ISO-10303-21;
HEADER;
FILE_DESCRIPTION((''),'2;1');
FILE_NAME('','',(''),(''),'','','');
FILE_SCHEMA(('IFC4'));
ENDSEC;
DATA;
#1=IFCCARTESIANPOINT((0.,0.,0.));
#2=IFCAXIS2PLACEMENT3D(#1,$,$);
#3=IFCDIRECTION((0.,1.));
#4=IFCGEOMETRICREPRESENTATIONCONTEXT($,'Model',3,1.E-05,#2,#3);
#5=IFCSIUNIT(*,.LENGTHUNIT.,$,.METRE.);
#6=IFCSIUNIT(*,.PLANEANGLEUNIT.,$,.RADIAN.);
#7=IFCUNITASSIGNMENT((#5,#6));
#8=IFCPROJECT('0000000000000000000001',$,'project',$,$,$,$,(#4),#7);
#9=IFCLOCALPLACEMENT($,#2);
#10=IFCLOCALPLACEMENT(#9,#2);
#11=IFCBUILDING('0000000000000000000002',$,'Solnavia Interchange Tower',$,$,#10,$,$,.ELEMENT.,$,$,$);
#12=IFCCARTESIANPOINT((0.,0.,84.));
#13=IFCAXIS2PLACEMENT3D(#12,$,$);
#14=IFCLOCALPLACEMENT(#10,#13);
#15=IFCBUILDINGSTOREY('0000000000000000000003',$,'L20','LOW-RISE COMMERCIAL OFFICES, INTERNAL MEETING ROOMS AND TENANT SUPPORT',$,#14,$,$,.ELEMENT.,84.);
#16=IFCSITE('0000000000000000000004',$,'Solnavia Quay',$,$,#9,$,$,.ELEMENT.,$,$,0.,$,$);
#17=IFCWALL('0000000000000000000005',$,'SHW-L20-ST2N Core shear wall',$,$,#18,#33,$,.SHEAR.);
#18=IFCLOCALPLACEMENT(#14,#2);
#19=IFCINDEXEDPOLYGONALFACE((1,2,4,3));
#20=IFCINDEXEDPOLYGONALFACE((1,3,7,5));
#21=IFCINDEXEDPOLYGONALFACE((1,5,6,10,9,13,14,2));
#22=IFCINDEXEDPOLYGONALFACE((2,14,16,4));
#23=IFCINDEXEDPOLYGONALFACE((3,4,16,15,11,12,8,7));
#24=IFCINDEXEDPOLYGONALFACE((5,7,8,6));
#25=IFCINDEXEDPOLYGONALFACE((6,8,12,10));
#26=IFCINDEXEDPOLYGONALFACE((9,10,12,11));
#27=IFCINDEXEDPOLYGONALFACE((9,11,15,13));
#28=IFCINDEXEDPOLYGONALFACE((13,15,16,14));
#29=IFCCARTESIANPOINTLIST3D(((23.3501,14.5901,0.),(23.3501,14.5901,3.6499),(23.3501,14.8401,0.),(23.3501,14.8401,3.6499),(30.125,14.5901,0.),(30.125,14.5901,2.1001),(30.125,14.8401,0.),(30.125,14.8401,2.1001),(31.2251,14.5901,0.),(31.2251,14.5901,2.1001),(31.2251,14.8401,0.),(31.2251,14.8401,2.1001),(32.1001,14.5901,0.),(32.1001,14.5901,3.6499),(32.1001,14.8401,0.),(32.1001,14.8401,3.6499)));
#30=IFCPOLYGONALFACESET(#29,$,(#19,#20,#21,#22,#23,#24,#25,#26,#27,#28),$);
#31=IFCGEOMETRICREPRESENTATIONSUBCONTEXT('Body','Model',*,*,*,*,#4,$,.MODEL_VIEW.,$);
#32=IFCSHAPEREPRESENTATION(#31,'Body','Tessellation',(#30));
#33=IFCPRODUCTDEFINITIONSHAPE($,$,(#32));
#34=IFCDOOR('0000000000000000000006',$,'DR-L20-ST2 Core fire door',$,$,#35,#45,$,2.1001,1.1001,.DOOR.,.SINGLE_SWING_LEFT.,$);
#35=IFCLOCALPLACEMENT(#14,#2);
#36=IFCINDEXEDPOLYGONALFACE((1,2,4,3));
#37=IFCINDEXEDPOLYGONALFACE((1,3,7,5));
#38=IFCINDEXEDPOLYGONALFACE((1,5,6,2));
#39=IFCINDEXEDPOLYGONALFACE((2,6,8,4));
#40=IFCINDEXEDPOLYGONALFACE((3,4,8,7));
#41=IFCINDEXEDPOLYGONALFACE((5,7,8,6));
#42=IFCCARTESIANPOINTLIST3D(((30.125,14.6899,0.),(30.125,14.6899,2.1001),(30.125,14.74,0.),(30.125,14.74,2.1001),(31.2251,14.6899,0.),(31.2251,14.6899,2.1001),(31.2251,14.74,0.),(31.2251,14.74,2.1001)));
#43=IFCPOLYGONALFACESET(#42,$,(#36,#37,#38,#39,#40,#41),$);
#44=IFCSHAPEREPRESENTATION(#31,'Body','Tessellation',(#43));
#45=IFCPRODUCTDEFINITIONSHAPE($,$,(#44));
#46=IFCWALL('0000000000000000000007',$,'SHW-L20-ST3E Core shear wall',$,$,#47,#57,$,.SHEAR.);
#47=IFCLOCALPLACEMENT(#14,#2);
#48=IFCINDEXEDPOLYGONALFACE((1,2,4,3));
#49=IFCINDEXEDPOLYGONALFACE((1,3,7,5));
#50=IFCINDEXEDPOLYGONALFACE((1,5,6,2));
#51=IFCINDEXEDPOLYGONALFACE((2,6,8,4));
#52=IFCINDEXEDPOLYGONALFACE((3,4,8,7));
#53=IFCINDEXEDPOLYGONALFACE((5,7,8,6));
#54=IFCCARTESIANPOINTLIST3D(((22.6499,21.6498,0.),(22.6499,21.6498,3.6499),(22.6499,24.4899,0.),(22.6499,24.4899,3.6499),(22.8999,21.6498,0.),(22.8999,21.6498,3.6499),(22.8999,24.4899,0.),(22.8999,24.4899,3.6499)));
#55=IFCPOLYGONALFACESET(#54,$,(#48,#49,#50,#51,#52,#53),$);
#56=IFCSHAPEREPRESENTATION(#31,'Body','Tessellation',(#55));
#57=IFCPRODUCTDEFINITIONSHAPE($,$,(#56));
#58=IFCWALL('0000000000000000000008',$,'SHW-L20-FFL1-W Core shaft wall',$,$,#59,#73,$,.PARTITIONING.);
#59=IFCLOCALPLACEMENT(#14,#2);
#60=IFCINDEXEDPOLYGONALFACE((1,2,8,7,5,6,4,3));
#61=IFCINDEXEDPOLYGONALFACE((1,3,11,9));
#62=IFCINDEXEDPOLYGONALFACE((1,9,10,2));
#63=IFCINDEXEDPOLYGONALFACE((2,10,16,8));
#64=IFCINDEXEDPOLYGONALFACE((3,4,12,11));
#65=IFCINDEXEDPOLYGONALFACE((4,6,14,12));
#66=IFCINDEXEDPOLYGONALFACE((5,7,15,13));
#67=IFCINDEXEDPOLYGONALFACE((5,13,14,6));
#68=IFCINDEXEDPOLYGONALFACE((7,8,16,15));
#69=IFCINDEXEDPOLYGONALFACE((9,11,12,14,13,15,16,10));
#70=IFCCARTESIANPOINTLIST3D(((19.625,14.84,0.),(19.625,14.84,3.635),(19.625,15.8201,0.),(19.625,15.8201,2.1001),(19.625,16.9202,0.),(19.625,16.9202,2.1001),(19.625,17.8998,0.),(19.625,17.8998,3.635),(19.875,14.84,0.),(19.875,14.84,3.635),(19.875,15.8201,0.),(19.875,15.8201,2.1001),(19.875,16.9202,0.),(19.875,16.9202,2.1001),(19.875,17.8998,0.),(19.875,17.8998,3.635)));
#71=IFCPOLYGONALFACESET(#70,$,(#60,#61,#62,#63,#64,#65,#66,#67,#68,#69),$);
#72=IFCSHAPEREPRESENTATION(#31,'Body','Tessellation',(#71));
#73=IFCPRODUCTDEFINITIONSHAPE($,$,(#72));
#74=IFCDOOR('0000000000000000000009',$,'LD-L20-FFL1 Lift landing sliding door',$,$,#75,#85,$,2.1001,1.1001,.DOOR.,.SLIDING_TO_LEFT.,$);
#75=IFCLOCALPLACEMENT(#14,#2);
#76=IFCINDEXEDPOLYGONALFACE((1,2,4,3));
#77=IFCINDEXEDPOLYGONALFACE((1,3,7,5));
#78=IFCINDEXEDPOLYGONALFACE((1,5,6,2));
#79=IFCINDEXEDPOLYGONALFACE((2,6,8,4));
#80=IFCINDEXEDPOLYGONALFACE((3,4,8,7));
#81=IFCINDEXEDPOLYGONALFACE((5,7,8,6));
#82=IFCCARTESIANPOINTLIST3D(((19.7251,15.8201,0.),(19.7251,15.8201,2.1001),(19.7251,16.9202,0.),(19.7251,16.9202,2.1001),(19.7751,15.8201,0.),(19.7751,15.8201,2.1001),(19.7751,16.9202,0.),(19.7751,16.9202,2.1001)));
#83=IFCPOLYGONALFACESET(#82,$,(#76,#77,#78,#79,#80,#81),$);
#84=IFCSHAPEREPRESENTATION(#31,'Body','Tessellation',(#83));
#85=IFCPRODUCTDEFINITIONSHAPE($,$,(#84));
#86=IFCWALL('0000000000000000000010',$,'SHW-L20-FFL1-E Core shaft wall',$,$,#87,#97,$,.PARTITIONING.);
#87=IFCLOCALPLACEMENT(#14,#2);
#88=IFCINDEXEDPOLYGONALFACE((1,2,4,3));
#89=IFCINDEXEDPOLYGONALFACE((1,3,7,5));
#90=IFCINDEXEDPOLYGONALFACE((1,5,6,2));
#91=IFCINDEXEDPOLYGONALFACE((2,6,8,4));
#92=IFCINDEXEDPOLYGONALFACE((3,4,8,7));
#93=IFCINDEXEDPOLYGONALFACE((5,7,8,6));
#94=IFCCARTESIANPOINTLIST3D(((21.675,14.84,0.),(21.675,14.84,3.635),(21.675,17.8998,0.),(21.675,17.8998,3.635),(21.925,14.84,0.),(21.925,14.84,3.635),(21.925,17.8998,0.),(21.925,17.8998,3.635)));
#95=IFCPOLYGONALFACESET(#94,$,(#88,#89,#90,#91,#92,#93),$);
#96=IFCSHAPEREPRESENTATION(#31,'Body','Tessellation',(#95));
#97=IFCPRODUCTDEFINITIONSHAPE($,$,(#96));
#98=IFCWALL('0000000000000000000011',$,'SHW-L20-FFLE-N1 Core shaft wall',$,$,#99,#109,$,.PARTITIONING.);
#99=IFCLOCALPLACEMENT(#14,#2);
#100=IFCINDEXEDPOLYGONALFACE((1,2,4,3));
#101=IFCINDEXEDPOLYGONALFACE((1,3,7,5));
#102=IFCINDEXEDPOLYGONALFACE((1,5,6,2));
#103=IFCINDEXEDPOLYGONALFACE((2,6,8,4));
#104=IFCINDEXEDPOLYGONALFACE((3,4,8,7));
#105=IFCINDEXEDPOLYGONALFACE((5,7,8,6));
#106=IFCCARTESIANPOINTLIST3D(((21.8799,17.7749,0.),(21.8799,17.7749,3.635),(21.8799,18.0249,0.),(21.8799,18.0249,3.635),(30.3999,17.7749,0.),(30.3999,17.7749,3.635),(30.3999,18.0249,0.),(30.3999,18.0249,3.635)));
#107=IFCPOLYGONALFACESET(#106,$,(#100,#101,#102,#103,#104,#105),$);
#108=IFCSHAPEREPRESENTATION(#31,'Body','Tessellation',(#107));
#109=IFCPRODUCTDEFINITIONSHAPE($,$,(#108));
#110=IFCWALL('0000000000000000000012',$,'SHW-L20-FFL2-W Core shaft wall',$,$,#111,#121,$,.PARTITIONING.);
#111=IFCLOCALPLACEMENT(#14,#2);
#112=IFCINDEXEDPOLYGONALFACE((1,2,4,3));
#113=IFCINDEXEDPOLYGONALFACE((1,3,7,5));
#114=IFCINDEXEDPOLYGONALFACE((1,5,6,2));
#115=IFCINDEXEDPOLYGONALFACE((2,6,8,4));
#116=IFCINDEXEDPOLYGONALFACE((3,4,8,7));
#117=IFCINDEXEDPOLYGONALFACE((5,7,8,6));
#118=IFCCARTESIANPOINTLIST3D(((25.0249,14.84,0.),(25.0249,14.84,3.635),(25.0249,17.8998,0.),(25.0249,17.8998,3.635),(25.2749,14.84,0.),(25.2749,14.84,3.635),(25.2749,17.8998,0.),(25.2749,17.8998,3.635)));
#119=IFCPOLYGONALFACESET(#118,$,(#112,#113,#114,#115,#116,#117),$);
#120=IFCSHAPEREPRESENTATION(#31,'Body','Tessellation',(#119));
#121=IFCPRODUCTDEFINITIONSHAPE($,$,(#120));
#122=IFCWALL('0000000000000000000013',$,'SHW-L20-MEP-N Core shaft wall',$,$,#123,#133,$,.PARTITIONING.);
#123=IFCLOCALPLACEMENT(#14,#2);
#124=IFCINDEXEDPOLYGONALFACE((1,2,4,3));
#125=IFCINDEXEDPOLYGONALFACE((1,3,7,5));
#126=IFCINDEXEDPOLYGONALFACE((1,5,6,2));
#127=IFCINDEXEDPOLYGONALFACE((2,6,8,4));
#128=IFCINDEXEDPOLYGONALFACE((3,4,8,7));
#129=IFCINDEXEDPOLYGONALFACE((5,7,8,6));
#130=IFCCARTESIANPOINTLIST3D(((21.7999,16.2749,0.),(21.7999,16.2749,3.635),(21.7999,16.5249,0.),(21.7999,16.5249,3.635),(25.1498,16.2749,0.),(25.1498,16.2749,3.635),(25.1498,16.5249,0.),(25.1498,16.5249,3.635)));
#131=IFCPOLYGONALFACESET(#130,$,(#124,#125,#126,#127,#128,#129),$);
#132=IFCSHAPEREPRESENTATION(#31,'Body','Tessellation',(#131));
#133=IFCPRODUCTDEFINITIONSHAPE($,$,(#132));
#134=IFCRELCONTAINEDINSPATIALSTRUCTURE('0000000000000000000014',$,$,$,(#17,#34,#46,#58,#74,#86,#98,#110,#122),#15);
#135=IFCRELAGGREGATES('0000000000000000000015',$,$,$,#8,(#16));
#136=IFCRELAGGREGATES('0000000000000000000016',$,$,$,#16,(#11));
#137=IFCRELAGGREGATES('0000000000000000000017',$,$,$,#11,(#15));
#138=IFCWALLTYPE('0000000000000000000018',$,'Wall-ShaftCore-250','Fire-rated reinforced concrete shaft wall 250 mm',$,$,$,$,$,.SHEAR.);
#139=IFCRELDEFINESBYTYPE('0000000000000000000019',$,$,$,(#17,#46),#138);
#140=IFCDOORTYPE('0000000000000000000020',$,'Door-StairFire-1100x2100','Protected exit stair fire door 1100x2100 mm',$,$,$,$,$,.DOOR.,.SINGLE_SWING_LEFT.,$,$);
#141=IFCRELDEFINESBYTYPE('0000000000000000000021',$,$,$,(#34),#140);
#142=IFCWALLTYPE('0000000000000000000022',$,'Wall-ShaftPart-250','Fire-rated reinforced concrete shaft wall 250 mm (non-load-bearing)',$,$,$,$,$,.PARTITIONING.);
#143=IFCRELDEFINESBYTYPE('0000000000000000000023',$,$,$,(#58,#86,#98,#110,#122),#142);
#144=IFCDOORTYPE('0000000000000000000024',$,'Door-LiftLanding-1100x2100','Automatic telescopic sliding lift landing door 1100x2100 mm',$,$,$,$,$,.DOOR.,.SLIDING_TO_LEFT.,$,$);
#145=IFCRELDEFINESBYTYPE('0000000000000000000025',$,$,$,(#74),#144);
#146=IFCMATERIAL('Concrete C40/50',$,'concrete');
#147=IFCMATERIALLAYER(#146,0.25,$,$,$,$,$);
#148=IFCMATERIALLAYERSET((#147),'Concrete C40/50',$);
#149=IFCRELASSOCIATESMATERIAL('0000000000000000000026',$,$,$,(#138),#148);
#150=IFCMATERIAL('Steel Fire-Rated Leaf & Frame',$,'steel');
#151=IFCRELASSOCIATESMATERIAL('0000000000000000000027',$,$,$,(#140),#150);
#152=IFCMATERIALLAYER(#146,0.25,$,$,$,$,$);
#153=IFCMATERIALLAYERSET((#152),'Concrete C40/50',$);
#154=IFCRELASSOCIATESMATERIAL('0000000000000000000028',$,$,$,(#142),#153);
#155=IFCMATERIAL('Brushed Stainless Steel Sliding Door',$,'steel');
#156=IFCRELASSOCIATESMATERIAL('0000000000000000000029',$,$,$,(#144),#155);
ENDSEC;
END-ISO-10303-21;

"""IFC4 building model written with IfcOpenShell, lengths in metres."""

from ifc_helpers import new_model, si_unit, direction, frame, frame_2d, origin, place, context, subcontext, project, spatial, rectangle, extrude, material, layer, layer_set, type_object, element, fill, save


model = new_model("IFC4")

# Units and contexts
model_context = context("Model", 3, precision=1e-05, world=origin(), true_north=direction((0.0, 1.0)))
body_context = subcontext(model_context, "Body", "Model", "MODEL_VIEW")
ifc_project = project(units=[si_unit("LENGTHUNIT", "METRE"), si_unit("PLANEANGLEUNIT", "RADIAN")], contexts=[model_context])

# Site, building, storey
site_placement = place(None, origin())
site = spatial("IfcSite", under=ifc_project, at=site_placement, Name="Solnavia Quay", CompositionType="ELEMENT", RefElevation=0.0)
building_placement = place(site_placement, origin())
building = spatial("IfcBuilding", under=site, at=building_placement, Name="Solnavia Interchange Tower", CompositionType="ELEMENT")
storey_placement = place(building_placement, frame((0.0, 0.0, 84.0)))
storey = spatial("IfcBuildingStorey", under=building, at=storey_placement, Name="L20", Description="LOW-RISE COMMERCIAL OFFICES, INTERNAL MEETING ROOMS AND TENANT SUPPORT", CompositionType="ELEMENT", Elevation=84.0)

# Wall, opening, door
ifc_material_1 = material(Name="Concrete C40/50", Category="concrete")
ifc_layer_1 = layer(ifc_material_1, 0.25)
ifc_layer_set_1 = layer_set([ifc_layer_1], Name="Concrete C40/50")
wall_type_1 = type_object("IfcWallType", Name="Wall-ShaftCore-250", Description="Fire-rated reinforced concrete shaft wall 250 mm", PredefinedType="SHEAR", material=ifc_layer_set_1)
wall_1_placement = place(storey_placement, frame((23.3501, 14.7151, 0.0), z_axis=(0.0, 0.0, 1.0), x_axis=(1.0, 0.0, 0.0)))
wall_1 = element("IfcWall", 1, at=wall_1_placement, inside=storey, type_object=wall_type_1, Name="SHW-L20-ST2N Core shear wall", PredefinedType="SHEAR", context=body_context, shape_type="SweptSolid", body=[
    extrude(rectangle(XDim=8.75, YDim=0.25, at=frame_2d((4.375, 0.0))), origin(), (0.0, 0.0, 1.0), 3.6499),
])
opening_1_placement = place(wall_1_placement, frame((6.7749, 0.0, 0.0)))
opening_1 = element("IfcOpeningElement", 2, at=opening_1_placement, cuts=wall_1, PredefinedType="OPENING", context=body_context, shape_type="SweptSolid", body=[
    extrude(rectangle(XDim=1.1001, YDim=2.1001, at=frame_2d((0.55, 1.05))), frame((0.0, 0.135, 0.0), z_axis=(0.0, -1.0, 0.0), x_axis=(1.0, 0.0, 0.0)), (0.0, 0.0, 1.0), 0.27),
])
ifc_material_2 = material(Name="Steel Fire-Rated Leaf & Frame", Category="steel")
door_type_1 = type_object("IfcDoorType", Name="Door-StairFire-1100x2100", Description="Protected exit stair fire door 1100x2100 mm", OperationType="SINGLE_SWING_LEFT", PredefinedType="DOOR", material=ifc_material_2)
door_1_placement = place(opening_1_placement, origin())
door_1 = element("IfcDoor", 3, at=door_1_placement, inside=storey, type_object=door_type_1, Name="DR-L20-ST2 Core fire door", OperationType="SINGLE_SWING_LEFT", OverallHeight=2.1001, OverallWidth=1.1001, PredefinedType="DOOR", context=body_context, shape_type="SweptSolid", body=[
    extrude(rectangle(XDim=1.1001, YDim=2.1001, at=frame_2d((0.55, 1.05))), frame((0.0, 0.0249, 0.0), z_axis=(0.0, -1.0, 0.0), x_axis=(1.0, 0.0, 0.0)), (0.0, 0.0, 1.0), 0.05),
])
fill(opening_1, door_1)

# Wall
wall_2_placement = place(storey_placement, frame((22.7749, 21.6499, 0.0), z_axis=(0.0, 0.0, 1.0), x_axis=(0.0, 1.0, 0.0)))
element("IfcWall", 4, at=wall_2_placement, inside=storey, type_object=wall_type_1, Name="SHW-L20-ST3E Core shear wall", PredefinedType="SHEAR", context=body_context, shape_type="SweptSolid", body=[
    extrude(rectangle(XDim=2.8401, YDim=0.25, at=frame_2d((1.4199, 0.0))), origin(), (0.0, 0.0, 1.0), 3.6499),
])

# Wall, opening, door
ifc_layer_2 = layer(ifc_material_1, 0.25)
ifc_layer_set_2 = layer_set([ifc_layer_2], Name="Concrete C40/50")
wall_type_2 = type_object("IfcWallType", Name="Wall-ShaftPart-250", Description="Fire-rated reinforced concrete shaft wall 250 mm (non-load-bearing)", PredefinedType="PARTITIONING", material=ifc_layer_set_2)
wall_3_placement = place(storey_placement, frame((19.75, 14.8401, 0.0), z_axis=(0.0, 0.0, 1.0), x_axis=(0.0, 1.0, 0.0)))
wall_3 = element("IfcWall", 5, at=wall_3_placement, inside=storey, type_object=wall_type_2, Name="SHW-L20-FFL1-W Core shaft wall", PredefinedType="PARTITIONING", context=body_context, shape_type="SweptSolid", body=[
    extrude(rectangle(XDim=3.0598, YDim=0.25, at=frame_2d((1.5298, 0.0))), origin(), (0.0, 0.0, 1.0), 3.635),
])
opening_2_placement = place(wall_3_placement, frame((0.98, 0.0, 0.0)))
opening_2 = element("IfcOpeningElement", 6, at=opening_2_placement, cuts=wall_3, PredefinedType="OPENING", context=body_context, shape_type="SweptSolid", body=[
    extrude(rectangle(XDim=1.1001, YDim=2.1001, at=frame_2d((0.55, 1.05))), frame((0.0, 0.135, 0.0), z_axis=(0.0, -1.0, 0.0), x_axis=(1.0, 0.0, 0.0)), (0.0, 0.0, 1.0), 0.27),
])
ifc_material_3 = material(Name="Brushed Stainless Steel Sliding Door", Category="steel")
door_type_2 = type_object("IfcDoorType", Name="Door-LiftLanding-1100x2100", Description="Automatic telescopic sliding lift landing door 1100x2100 mm", OperationType="SLIDING_TO_LEFT", PredefinedType="DOOR", material=ifc_material_3)
door_2_placement = place(opening_2_placement, origin())
door_2 = element("IfcDoor", 7, at=door_2_placement, inside=storey, type_object=door_type_2, Name="LD-L20-FFL1 Lift landing sliding door", OperationType="SLIDING_TO_LEFT", OverallHeight=2.1001, OverallWidth=1.1001, PredefinedType="DOOR", context=body_context, shape_type="SweptSolid", body=[
    extrude(rectangle(XDim=1.1001, YDim=2.1001, at=frame_2d((0.55, 1.05))), frame((0.0, 0.0249, 0.0), z_axis=(0.0, -1.0, 0.0), x_axis=(1.0, 0.0, 0.0)), (0.0, 0.0, 1.0), 0.05),
])
fill(opening_2, door_2)

# Walls
wall_4_placement = place(storey_placement, frame((21.8, 14.8401, 0.0), z_axis=(0.0, 0.0, 1.0), x_axis=(0.0, 1.0, 0.0)))
element("IfcWall", 8, at=wall_4_placement, inside=storey, type_object=wall_type_2, Name="SHW-L20-FFL1-E Core shaft wall", PredefinedType="PARTITIONING", context=body_context, shape_type="SweptSolid", body=[
    extrude(rectangle(XDim=3.0598, YDim=0.25, at=frame_2d((1.5298, 0.0))), origin(), (0.0, 0.0, 1.0), 3.635),
])
wall_5_placement = place(storey_placement, frame((21.8799, 17.8999, 0.0), z_axis=(0.0, 0.0, 1.0), x_axis=(1.0, 0.0, 0.0)))
element("IfcWall", 9, at=wall_5_placement, inside=storey, type_object=wall_type_2, Name="SHW-L20-FFLE-N1 Core shaft wall", PredefinedType="PARTITIONING", context=body_context, shape_type="SweptSolid", body=[
    extrude(rectangle(XDim=8.52, YDim=0.25, at=frame_2d((4.26, 0.0))), origin(), (0.0, 0.0, 1.0), 3.635),
])
wall_6_placement = place(storey_placement, frame((25.1499, 14.8401, 0.0), z_axis=(0.0, 0.0, 1.0), x_axis=(0.0, 1.0, 0.0)))
element("IfcWall", 10, at=wall_6_placement, inside=storey, type_object=wall_type_2, Name="SHW-L20-FFL2-W Core shaft wall", PredefinedType="PARTITIONING", context=body_context, shape_type="SweptSolid", body=[
    extrude(rectangle(XDim=3.0598, YDim=0.25, at=frame_2d((1.5298, 0.0))), origin(), (0.0, 0.0, 1.0), 3.635),
])
wall_7_placement = place(storey_placement, frame((21.8, 16.3999, 0.0), z_axis=(0.0, 0.0, 1.0), x_axis=(1.0, 0.0, 0.0)))
element("IfcWall", 11, at=wall_7_placement, inside=storey, type_object=wall_type_2, Name="SHW-L20-MEP-N Core shaft wall", PredefinedType="PARTITIONING", context=body_context, shape_type="SweptSolid", body=[
    extrude(rectangle(XDim=3.3499, YDim=0.25, at=frame_2d((1.6748, 0.0))), origin(), (0.0, 0.0, 1.0), 3.635),
])

save(model, "model.ifc")
